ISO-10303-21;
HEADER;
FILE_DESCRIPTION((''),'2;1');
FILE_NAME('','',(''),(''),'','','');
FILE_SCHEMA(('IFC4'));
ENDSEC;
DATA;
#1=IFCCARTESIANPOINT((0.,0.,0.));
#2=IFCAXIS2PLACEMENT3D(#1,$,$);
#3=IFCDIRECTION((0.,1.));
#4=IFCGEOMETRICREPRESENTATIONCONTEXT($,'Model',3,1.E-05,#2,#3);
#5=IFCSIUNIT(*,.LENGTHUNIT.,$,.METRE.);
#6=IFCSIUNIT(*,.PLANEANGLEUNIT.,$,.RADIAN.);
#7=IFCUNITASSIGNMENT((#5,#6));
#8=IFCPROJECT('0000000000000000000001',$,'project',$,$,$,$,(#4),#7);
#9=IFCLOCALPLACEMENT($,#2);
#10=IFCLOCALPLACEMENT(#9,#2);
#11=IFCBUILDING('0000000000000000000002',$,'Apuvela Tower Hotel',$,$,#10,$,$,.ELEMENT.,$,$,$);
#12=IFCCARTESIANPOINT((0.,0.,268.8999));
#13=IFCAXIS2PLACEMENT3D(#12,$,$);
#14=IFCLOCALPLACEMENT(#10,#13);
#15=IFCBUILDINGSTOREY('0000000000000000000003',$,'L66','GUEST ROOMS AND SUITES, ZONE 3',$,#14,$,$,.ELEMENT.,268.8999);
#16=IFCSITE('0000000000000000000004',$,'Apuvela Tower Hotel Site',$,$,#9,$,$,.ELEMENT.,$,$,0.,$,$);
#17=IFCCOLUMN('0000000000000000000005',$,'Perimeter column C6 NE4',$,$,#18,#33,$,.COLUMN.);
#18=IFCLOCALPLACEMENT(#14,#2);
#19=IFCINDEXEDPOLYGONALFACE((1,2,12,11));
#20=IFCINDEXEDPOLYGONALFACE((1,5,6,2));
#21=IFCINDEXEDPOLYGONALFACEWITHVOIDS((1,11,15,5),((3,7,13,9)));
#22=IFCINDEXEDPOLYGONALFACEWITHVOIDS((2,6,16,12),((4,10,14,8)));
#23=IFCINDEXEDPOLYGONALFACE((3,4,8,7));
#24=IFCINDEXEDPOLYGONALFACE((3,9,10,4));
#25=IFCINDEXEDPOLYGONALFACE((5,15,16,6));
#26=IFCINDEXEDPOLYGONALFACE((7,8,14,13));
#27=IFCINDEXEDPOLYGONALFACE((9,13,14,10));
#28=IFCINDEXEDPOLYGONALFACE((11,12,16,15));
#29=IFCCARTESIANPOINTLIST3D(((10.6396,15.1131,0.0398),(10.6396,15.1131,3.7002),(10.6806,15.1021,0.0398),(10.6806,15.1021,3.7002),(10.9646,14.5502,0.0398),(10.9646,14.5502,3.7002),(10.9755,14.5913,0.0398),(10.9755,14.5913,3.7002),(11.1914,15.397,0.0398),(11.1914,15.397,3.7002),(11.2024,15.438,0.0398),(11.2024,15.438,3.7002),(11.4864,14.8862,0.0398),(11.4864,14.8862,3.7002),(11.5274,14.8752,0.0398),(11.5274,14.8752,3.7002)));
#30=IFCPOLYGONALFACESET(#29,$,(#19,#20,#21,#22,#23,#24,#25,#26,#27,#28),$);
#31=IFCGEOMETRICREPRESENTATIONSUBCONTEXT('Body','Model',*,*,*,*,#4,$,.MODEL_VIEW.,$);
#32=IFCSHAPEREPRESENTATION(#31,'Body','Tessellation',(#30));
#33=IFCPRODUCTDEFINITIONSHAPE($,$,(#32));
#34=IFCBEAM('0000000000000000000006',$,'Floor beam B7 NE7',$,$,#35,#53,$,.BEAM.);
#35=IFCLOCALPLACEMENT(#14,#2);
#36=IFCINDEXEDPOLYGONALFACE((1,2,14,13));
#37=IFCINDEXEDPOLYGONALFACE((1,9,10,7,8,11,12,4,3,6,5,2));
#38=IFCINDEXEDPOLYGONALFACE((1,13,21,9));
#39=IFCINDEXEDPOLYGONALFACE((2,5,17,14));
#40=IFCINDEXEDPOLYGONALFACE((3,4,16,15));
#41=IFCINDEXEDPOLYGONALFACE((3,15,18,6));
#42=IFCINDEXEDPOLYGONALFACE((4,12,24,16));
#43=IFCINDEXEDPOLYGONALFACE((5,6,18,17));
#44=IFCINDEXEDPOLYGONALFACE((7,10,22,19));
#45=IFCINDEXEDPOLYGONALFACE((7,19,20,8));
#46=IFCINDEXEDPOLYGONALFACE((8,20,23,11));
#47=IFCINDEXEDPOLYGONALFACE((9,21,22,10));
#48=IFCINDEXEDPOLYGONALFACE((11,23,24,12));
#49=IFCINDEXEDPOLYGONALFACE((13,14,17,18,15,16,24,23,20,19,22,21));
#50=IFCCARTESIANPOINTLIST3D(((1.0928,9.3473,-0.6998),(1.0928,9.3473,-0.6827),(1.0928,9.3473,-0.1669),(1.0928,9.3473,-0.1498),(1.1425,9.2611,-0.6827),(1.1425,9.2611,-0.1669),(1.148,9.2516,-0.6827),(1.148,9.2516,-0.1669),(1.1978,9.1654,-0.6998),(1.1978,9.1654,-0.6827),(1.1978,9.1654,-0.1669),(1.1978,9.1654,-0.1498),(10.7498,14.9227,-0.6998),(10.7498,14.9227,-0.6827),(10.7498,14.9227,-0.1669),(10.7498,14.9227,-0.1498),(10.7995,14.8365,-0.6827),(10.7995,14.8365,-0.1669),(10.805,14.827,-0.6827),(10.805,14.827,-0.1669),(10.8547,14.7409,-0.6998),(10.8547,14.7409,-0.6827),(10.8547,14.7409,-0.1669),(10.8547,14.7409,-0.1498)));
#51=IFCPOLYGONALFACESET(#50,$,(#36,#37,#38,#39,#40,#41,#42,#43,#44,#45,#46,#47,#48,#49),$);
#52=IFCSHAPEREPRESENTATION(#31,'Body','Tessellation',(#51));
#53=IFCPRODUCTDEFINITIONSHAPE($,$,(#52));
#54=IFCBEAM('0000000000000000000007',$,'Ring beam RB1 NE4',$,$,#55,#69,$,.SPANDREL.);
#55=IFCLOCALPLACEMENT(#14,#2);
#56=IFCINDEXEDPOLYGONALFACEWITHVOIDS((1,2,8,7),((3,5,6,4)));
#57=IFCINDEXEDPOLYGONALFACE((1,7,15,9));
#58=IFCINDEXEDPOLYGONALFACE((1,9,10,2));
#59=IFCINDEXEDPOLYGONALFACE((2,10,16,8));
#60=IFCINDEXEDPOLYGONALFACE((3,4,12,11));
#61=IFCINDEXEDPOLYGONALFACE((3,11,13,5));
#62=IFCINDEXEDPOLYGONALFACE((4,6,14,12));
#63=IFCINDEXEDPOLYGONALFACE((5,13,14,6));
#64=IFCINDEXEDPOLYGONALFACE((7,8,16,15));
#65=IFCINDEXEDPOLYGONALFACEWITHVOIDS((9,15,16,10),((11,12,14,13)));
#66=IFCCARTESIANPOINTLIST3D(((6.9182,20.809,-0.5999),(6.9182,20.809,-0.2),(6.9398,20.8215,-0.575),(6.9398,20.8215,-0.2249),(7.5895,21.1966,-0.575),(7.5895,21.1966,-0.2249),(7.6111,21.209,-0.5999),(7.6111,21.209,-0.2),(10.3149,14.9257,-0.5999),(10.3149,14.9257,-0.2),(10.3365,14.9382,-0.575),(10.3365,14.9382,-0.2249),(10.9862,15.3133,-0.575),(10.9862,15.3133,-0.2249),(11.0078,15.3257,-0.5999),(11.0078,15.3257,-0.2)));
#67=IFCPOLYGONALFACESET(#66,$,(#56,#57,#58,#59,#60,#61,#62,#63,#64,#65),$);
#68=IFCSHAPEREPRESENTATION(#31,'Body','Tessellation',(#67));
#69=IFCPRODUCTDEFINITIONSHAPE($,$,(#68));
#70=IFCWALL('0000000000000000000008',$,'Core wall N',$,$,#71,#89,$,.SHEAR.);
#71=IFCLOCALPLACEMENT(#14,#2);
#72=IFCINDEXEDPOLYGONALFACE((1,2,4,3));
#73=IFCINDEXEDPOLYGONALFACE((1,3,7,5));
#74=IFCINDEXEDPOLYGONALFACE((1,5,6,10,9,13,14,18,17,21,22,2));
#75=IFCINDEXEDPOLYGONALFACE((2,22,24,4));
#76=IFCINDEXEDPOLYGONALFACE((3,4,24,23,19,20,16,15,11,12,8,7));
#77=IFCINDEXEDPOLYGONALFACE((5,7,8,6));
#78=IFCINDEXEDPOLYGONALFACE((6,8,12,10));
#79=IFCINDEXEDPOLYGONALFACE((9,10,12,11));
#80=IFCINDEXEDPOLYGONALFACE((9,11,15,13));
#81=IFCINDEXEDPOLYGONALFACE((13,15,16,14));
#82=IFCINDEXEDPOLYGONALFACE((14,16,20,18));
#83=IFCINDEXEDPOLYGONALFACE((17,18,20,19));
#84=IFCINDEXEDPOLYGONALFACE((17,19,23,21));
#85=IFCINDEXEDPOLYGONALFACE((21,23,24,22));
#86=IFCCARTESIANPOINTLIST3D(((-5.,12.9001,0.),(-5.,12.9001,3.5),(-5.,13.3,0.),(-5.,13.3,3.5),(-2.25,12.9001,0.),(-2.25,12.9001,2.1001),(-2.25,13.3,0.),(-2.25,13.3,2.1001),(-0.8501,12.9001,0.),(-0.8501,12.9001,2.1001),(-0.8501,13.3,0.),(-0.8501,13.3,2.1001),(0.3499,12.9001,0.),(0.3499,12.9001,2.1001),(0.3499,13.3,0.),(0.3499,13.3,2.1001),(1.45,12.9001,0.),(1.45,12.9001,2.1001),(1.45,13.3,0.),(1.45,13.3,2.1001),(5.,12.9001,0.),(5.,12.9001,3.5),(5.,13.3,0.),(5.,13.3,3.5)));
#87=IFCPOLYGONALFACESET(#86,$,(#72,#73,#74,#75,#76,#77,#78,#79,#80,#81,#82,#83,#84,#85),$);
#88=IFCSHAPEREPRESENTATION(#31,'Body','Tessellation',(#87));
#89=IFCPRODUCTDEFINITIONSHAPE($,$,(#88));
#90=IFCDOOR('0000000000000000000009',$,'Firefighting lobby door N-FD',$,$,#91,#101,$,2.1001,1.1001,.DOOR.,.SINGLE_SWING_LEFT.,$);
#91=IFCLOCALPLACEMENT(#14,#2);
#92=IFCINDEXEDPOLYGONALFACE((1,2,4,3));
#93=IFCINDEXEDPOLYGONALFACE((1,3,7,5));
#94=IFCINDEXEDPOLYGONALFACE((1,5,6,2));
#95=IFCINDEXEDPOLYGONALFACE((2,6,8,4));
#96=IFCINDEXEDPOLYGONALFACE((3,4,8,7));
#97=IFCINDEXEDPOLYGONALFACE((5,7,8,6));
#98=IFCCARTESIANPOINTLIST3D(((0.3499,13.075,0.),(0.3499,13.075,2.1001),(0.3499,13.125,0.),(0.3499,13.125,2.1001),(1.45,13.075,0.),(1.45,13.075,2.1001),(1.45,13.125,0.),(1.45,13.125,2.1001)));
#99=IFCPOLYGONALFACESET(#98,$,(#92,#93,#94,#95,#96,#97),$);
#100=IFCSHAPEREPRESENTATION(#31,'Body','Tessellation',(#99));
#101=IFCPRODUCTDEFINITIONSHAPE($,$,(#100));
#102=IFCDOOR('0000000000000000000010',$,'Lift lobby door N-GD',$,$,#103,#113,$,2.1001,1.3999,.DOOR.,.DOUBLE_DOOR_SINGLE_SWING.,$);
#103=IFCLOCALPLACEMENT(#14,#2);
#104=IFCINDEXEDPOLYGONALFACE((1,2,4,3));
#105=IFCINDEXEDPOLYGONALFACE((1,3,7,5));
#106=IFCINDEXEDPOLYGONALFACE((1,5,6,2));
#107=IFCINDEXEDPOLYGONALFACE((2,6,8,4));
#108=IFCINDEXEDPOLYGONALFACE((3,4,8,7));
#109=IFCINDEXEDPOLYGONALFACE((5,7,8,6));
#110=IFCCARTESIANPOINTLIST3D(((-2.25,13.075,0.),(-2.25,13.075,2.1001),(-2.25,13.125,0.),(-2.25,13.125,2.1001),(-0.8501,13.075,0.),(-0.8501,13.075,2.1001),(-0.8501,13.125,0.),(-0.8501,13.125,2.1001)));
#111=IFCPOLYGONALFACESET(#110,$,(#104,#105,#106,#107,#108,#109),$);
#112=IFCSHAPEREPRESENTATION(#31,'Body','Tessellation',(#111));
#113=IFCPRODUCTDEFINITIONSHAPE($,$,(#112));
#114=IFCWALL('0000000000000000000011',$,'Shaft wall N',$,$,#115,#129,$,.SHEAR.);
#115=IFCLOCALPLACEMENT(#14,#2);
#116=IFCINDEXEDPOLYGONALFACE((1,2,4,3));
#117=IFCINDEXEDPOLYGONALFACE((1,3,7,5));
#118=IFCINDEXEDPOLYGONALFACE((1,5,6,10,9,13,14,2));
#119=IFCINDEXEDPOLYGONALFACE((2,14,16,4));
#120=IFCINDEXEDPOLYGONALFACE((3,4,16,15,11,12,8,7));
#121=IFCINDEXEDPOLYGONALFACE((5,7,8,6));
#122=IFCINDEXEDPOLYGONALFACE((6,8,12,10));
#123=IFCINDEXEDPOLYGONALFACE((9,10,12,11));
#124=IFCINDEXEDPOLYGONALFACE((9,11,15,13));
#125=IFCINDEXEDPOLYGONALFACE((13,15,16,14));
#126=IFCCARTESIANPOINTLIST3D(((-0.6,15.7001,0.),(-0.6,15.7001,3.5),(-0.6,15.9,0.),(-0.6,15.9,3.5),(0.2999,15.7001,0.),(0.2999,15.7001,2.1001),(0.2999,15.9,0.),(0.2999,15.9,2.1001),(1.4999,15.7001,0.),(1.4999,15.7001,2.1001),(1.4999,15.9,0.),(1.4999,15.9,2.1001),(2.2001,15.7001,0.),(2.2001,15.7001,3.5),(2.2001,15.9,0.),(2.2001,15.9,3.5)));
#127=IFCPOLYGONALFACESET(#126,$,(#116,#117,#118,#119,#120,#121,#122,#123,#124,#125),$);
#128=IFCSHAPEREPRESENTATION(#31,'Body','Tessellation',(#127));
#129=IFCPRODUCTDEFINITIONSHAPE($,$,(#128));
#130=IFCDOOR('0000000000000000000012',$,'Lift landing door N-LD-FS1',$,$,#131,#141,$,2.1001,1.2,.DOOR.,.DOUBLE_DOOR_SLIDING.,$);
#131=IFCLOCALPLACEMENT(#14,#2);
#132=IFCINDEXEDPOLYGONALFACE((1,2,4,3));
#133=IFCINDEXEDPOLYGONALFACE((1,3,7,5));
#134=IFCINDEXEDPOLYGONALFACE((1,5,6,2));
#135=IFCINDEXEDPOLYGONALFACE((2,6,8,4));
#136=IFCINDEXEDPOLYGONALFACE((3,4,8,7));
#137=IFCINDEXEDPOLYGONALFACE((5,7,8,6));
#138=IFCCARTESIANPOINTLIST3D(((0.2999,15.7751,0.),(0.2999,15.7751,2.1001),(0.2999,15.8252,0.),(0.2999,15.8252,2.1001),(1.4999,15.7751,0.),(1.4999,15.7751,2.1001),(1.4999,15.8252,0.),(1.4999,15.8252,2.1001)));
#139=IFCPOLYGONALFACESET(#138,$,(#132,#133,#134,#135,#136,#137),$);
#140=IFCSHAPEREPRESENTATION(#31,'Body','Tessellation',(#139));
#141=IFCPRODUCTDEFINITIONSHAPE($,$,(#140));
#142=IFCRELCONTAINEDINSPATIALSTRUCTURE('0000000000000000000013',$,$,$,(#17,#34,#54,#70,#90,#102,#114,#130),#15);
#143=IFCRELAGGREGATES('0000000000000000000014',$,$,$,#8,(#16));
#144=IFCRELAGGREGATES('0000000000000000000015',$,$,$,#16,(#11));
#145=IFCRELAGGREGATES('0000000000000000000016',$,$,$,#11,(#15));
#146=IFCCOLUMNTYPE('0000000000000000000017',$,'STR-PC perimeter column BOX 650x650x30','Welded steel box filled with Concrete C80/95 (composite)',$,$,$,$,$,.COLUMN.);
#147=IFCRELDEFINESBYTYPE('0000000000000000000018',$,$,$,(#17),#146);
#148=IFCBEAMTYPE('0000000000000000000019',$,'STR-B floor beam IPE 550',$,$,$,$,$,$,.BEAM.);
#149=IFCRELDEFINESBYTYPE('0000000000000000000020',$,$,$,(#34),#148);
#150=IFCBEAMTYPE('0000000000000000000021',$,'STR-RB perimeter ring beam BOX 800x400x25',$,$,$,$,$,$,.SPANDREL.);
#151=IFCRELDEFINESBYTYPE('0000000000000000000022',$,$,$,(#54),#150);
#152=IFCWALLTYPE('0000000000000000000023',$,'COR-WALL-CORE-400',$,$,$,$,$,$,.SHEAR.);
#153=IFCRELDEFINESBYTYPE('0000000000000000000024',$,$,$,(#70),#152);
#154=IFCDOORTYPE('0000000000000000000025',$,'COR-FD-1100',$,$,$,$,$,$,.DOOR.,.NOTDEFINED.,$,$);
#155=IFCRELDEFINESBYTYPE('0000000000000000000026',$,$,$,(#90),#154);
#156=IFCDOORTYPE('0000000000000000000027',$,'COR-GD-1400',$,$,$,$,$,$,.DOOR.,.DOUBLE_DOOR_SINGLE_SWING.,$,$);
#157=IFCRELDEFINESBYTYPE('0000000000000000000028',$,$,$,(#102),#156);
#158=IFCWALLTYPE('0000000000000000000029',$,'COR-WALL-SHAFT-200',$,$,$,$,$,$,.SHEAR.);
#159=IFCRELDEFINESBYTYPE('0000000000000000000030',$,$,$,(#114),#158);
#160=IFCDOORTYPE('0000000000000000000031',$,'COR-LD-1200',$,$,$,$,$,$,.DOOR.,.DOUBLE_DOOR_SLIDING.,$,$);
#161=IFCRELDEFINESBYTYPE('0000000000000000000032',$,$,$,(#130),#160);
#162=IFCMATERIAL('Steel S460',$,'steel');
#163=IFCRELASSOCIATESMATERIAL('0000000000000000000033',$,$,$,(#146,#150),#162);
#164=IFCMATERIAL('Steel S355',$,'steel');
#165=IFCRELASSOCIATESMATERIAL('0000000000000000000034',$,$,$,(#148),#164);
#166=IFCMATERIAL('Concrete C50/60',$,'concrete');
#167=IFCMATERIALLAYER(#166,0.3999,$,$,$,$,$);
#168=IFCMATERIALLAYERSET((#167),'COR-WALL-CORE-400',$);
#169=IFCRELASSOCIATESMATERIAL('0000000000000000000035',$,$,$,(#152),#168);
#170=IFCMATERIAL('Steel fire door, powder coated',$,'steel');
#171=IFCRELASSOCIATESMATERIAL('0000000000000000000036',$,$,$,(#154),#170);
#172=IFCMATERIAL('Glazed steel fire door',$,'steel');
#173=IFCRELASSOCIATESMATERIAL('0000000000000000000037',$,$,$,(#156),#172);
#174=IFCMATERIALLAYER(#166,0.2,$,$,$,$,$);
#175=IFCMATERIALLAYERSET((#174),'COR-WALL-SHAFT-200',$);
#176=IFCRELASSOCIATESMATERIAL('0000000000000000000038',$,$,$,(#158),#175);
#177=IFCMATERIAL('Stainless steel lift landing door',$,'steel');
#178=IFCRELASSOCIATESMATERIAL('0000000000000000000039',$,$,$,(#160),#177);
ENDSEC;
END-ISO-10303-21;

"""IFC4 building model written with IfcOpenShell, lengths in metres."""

from ifc_helpers import new_model, si_unit, direction, frame, frame_2d, origin, origin_2d, place, context, subcontext, project, spatial, rectangle, hollow_rectangle, i_section, extrude, boolean, halfspace, material, layer, layer_set, material_profile, profile_set, type_object, element, fill, save


model = new_model("IFC4")

# Units and contexts
model_context = context("Model", 3, precision=1e-05, world=origin(), true_north=direction((0.0, 1.0)))
body_context = subcontext(model_context, "Body", "Model", "MODEL_VIEW")
ifc_project = project(units=[si_unit("LENGTHUNIT", "METRE"), si_unit("PLANEANGLEUNIT", "RADIAN")], contexts=[model_context])

# Site, building, storey
site_placement = place(None, origin())
site = spatial("IfcSite", under=ifc_project, at=site_placement, Name="Apuvela Tower Hotel Site", CompositionType="ELEMENT", RefElevation=0.0)
building_placement = place(site_placement, origin())
building = spatial("IfcBuilding", under=site, at=building_placement, Name="Apuvela Tower Hotel", CompositionType="ELEMENT")
storey_placement = place(building_placement, frame((0.0, 0.0, 268.8999)))
storey = spatial("IfcBuildingStorey", under=building, at=storey_placement, Name="L66", Description="GUEST ROOMS AND SUITES, ZONE 3", CompositionType="ELEMENT", Elevation=268.8999)

# Column
ifc_material_1 = material(Name="Steel S460", Category="steel")
ifc_material_profile_1 = material_profile(ifc_material_1, hollow_rectangle(XDim=0.6499, YDim=0.6499, WallThickness=0.03, at=origin_2d()), Name="BOX 650x650x30")
ifc_material_2 = material(Name="Concrete C80/95", Category="concrete")
ifc_material_profile_2 = material_profile(ifc_material_2, rectangle(XDim=0.5901, YDim=0.5901, at=origin_2d()), Name="Concrete C80/95 infill")
ifc_profile_set_1 = profile_set([ifc_material_profile_1, ifc_material_profile_2], Name="Steel S460")
column_type = type_object("IfcColumnType", Name="STR-PC perimeter column BOX 650x650x30", Description="Welded steel box filled with Concrete C80/95 (composite)", PredefinedType="COLUMN", material=ifc_profile_set_1)
column_placement = place(storey_placement, frame((11.0835, 14.9941, 0.0), z_axis=(0.0, 0.0, 1.0), x_axis=(-0.5, 0.866025, 0.0)))
element("IfcColumn", 1, at=column_placement, inside=storey, type_object=column_type, Name="Perimeter column C6 NE4", PredefinedType="COLUMN", context=body_context, shape_type="SweptSolid", body=[
    boolean("DIFFERENCE", extrude(hollow_rectangle(XDim=0.6499, YDim=0.6499, WallThickness=0.03, at=origin_2d()), origin(), (0.0, 0.0, 1.0), 3.7002), halfspace(frame((0.0, 0.0, 0.0398), z_axis=(0.0, 0.0, 1.0), x_axis=(1.0, 0.0, 0.0)), True)),
])

# Beams
ifc_material_3 = material(Name="Steel S355", Category="steel")
ifc_material_profile_3 = material_profile(ifc_material_3, i_section(OverallWidth=0.21, OverallDepth=0.55, WebThickness=0.011, FlangeThickness=0.0171, at=origin_2d()), Name="IPE 550")
ifc_profile_set_2 = profile_set([ifc_material_profile_3], Name="Steel S355")
beam_type_1 = type_object("IfcBeamType", Name="STR-B floor beam IPE 550", PredefinedType="BEAM", material=ifc_profile_set_2)
beam_1_placement = place(storey_placement, frame((10.8022, 14.8318, -0.4248), z_axis=(-0.866026, -0.499999, 0.0), x_axis=(0.499999, -0.866026, 0.0)))
element("IfcBeam", 2, at=beam_1_placement, inside=storey, type_object=beam_type_1, Name="Floor beam B7 NE7", PredefinedType="BEAM", context=body_context, shape_type="SweptSolid", body=[
    extrude(i_section(OverallWidth=0.21, OverallDepth=0.55, WebThickness=0.011, FlangeThickness=0.0171, at=origin_2d()), origin(), (0.0, 0.0, 1.0), 11.1509),
])
ifc_material_profile_4 = material_profile(ifc_material_1, hollow_rectangle(XDim=0.8, YDim=0.3999, WallThickness=0.0249, at=origin_2d()), Name="BOX 800x400x25")
ifc_profile_set_3 = profile_set([ifc_material_profile_4], Name="Steel S460")
beam_type_2 = type_object("IfcBeamType", Name="STR-RB perimeter ring beam BOX 800x400x25", PredefinedType="SPANDREL", material=ifc_profile_set_3)
beam_2_placement = place(storey_placement, frame((10.6614, 15.1257, -0.3999), z_axis=(-0.5, 0.866025, 0.0), x_axis=(-0.866025, -0.5, 0.0)))
element("IfcBeam", 3, at=beam_2_placement, inside=storey, type_object=beam_type_2, Name="Ring beam RB1 NE4", PredefinedType="SPANDREL", context=body_context, shape_type="SweptSolid", body=[
    extrude(hollow_rectangle(XDim=0.8, YDim=0.3999, WallThickness=0.0249, at=origin_2d()), origin(), (0.0, 0.0, 1.0), 6.7935),
])

# Wall, openings, doors
ifc_material_4 = material(Name="Concrete C50/60", Category="concrete")
ifc_layer_1 = layer(ifc_material_4, 0.3999)
ifc_layer_set_1 = layer_set([ifc_layer_1], Name="COR-WALL-CORE-400")
wall_type_1 = type_object("IfcWallType", Name="COR-WALL-CORE-400", PredefinedType="SHEAR", material=ifc_layer_set_1)
wall_1_placement = place(storey_placement, frame((5.0, 13.1001, 0.0), z_axis=(0.0, 0.0, 1.0), x_axis=(-1.0, 0.0, 0.0)))
wall_1 = element("IfcWall", 4, at=wall_1_placement, inside=storey, type_object=wall_type_1, Name="Core wall N", PredefinedType="SHEAR", context=body_context, shape_type="SweptSolid", body=[
    extrude(rectangle(XDim=10.0, YDim=0.3999, at=frame_2d((5.0, 0.0))), origin(), (0.0, 0.0, 1.0), 3.5),
])
opening_1_placement = place(wall_1_placement, frame((3.55, 0.0, 0.0)))
opening_1 = element("IfcOpeningElement", 5, at=opening_1_placement, cuts=wall_1, PredefinedType="OPENING", context=body_context, shape_type="SweptSolid", body=[
    extrude(rectangle(XDim=1.1001, YDim=2.1001, at=frame_2d((0.55, 1.05))), frame((0.0, 0.21, 0.0), z_axis=(0.0, -1.0, 0.0), x_axis=(1.0, 0.0, 0.0)), (0.0, 0.0, 1.0), 0.4199),
])
opening_2_placement = place(wall_1_placement, frame((5.8501, 0.0, 0.0)))
opening_2 = element("IfcOpeningElement", 6, at=opening_2_placement, cuts=wall_1, PredefinedType="OPENING", context=body_context, shape_type="SweptSolid", body=[
    extrude(rectangle(XDim=1.3999, YDim=2.1001, at=frame_2d((0.7, 1.05))), frame((0.0, 0.21, 0.0), z_axis=(0.0, -1.0, 0.0), x_axis=(1.0, 0.0, 0.0)), (0.0, 0.0, 1.0), 0.4199),
])
ifc_material_5 = material(Name="Steel fire door, powder coated", Category="steel")
door_type_1 = type_object("IfcDoorType", Name="COR-FD-1100", OperationType="NOTDEFINED", PredefinedType="DOOR", material=ifc_material_5)
door_1_placement = place(opening_1_placement, frame((1.1001, 0.0, 0.0), z_axis=(0.0, 0.0, 1.0), x_axis=(-1.0, 0.0, 0.0)))
door_1 = element("IfcDoor", 7, at=door_1_placement, inside=storey, type_object=door_type_1, Name="Firefighting lobby door N-FD", OperationType="SINGLE_SWING_LEFT", OverallHeight=2.1001, OverallWidth=1.1001, PredefinedType="DOOR", context=body_context, shape_type="SweptSolid", body=[
    extrude(rectangle(XDim=1.1001, YDim=2.1001, at=frame_2d((0.55, 1.05))), frame((0.0, 0.0249, 0.0), z_axis=(0.0, -1.0, 0.0), x_axis=(1.0, 0.0, 0.0)), (0.0, 0.0, 1.0), 0.05),
])
fill(opening_1, door_1)
ifc_material_6 = material(Name="Glazed steel fire door", Category="steel")
door_type_2 = type_object("IfcDoorType", Name="COR-GD-1400", OperationType="DOUBLE_DOOR_SINGLE_SWING", PredefinedType="DOOR", material=ifc_material_6)
door_2_placement = place(opening_2_placement, frame((1.3999, 0.0, 0.0), z_axis=(0.0, 0.0, 1.0), x_axis=(-1.0, 0.0, 0.0)))
door_2 = element("IfcDoor", 8, at=door_2_placement, inside=storey, type_object=door_type_2, Name="Lift lobby door N-GD", OperationType="DOUBLE_DOOR_SINGLE_SWING", OverallHeight=2.1001, OverallWidth=1.3999, PredefinedType="DOOR", context=body_context, shape_type="SweptSolid", body=[
    extrude(rectangle(XDim=1.3999, YDim=2.1001, at=frame_2d((0.7, 1.05))), frame((0.0, 0.0249, 0.0), z_axis=(0.0, -1.0, 0.0), x_axis=(1.0, 0.0, 0.0)), (0.0, 0.0, 1.0), 0.05),
])
fill(opening_2, door_2)

# Wall, opening, door
ifc_layer_2 = layer(ifc_material_4, 0.2)
ifc_layer_set_2 = layer_set([ifc_layer_2], Name="COR-WALL-SHAFT-200")
wall_type_2 = type_object("IfcWallType", Name="COR-WALL-SHAFT-200", PredefinedType="SHEAR", material=ifc_layer_set_2)
wall_2_placement = place(storey_placement, frame((2.2, 15.8, 0.0), z_axis=(0.0, 0.0, 1.0), x_axis=(-1.0, 0.0, 0.0)))
wall_2 = element("IfcWall", 9, at=wall_2_placement, inside=storey, type_object=wall_type_2, Name="Shaft wall N", PredefinedType="SHEAR", context=body_context, shape_type="SweptSolid", body=[
    extrude(rectangle(XDim=2.8, YDim=0.2, at=frame_2d((1.3999, 0.0))), origin(), (0.0, 0.0, 1.0), 3.5),
])
opening_3_placement = place(wall_2_placement, frame((0.7, 0.0, 0.0)))
opening_3 = element("IfcOpeningElement", 10, at=opening_3_placement, cuts=wall_2, PredefinedType="OPENING", context=body_context, shape_type="SweptSolid", body=[
    extrude(rectangle(XDim=1.2, YDim=2.1001, at=frame_2d((0.6001, 1.05))), frame((0.0, 0.1099, 0.0), z_axis=(0.0, -1.0, 0.0), x_axis=(1.0, 0.0, 0.0)), (0.0, 0.0, 1.0), 0.22),
])
ifc_material_7 = material(Name="Stainless steel lift landing door", Category="steel")
door_type_3 = type_object("IfcDoorType", Name="COR-LD-1200", OperationType="DOUBLE_DOOR_SLIDING", PredefinedType="DOOR", material=ifc_material_7)
door_3_placement = place(opening_3_placement, origin())
door_3 = element("IfcDoor", 11, at=door_3_placement, inside=storey, type_object=door_type_3, Name="Lift landing door N-LD-FS1", OperationType="DOUBLE_DOOR_SLIDING", OverallHeight=2.1001, OverallWidth=1.2, PredefinedType="DOOR", context=body_context, shape_type="SweptSolid", body=[
    extrude(rectangle(XDim=1.2, YDim=2.1001, at=frame_2d((0.6001, 1.05))), frame((0.0, 0.0249, 0.0), z_axis=(0.0, -1.0, 0.0), x_axis=(1.0, 0.0, 0.0)), (0.0, 0.0, 1.0), 0.05),
])
fill(opening_3, door_3)

save(model, "model.ifc")
